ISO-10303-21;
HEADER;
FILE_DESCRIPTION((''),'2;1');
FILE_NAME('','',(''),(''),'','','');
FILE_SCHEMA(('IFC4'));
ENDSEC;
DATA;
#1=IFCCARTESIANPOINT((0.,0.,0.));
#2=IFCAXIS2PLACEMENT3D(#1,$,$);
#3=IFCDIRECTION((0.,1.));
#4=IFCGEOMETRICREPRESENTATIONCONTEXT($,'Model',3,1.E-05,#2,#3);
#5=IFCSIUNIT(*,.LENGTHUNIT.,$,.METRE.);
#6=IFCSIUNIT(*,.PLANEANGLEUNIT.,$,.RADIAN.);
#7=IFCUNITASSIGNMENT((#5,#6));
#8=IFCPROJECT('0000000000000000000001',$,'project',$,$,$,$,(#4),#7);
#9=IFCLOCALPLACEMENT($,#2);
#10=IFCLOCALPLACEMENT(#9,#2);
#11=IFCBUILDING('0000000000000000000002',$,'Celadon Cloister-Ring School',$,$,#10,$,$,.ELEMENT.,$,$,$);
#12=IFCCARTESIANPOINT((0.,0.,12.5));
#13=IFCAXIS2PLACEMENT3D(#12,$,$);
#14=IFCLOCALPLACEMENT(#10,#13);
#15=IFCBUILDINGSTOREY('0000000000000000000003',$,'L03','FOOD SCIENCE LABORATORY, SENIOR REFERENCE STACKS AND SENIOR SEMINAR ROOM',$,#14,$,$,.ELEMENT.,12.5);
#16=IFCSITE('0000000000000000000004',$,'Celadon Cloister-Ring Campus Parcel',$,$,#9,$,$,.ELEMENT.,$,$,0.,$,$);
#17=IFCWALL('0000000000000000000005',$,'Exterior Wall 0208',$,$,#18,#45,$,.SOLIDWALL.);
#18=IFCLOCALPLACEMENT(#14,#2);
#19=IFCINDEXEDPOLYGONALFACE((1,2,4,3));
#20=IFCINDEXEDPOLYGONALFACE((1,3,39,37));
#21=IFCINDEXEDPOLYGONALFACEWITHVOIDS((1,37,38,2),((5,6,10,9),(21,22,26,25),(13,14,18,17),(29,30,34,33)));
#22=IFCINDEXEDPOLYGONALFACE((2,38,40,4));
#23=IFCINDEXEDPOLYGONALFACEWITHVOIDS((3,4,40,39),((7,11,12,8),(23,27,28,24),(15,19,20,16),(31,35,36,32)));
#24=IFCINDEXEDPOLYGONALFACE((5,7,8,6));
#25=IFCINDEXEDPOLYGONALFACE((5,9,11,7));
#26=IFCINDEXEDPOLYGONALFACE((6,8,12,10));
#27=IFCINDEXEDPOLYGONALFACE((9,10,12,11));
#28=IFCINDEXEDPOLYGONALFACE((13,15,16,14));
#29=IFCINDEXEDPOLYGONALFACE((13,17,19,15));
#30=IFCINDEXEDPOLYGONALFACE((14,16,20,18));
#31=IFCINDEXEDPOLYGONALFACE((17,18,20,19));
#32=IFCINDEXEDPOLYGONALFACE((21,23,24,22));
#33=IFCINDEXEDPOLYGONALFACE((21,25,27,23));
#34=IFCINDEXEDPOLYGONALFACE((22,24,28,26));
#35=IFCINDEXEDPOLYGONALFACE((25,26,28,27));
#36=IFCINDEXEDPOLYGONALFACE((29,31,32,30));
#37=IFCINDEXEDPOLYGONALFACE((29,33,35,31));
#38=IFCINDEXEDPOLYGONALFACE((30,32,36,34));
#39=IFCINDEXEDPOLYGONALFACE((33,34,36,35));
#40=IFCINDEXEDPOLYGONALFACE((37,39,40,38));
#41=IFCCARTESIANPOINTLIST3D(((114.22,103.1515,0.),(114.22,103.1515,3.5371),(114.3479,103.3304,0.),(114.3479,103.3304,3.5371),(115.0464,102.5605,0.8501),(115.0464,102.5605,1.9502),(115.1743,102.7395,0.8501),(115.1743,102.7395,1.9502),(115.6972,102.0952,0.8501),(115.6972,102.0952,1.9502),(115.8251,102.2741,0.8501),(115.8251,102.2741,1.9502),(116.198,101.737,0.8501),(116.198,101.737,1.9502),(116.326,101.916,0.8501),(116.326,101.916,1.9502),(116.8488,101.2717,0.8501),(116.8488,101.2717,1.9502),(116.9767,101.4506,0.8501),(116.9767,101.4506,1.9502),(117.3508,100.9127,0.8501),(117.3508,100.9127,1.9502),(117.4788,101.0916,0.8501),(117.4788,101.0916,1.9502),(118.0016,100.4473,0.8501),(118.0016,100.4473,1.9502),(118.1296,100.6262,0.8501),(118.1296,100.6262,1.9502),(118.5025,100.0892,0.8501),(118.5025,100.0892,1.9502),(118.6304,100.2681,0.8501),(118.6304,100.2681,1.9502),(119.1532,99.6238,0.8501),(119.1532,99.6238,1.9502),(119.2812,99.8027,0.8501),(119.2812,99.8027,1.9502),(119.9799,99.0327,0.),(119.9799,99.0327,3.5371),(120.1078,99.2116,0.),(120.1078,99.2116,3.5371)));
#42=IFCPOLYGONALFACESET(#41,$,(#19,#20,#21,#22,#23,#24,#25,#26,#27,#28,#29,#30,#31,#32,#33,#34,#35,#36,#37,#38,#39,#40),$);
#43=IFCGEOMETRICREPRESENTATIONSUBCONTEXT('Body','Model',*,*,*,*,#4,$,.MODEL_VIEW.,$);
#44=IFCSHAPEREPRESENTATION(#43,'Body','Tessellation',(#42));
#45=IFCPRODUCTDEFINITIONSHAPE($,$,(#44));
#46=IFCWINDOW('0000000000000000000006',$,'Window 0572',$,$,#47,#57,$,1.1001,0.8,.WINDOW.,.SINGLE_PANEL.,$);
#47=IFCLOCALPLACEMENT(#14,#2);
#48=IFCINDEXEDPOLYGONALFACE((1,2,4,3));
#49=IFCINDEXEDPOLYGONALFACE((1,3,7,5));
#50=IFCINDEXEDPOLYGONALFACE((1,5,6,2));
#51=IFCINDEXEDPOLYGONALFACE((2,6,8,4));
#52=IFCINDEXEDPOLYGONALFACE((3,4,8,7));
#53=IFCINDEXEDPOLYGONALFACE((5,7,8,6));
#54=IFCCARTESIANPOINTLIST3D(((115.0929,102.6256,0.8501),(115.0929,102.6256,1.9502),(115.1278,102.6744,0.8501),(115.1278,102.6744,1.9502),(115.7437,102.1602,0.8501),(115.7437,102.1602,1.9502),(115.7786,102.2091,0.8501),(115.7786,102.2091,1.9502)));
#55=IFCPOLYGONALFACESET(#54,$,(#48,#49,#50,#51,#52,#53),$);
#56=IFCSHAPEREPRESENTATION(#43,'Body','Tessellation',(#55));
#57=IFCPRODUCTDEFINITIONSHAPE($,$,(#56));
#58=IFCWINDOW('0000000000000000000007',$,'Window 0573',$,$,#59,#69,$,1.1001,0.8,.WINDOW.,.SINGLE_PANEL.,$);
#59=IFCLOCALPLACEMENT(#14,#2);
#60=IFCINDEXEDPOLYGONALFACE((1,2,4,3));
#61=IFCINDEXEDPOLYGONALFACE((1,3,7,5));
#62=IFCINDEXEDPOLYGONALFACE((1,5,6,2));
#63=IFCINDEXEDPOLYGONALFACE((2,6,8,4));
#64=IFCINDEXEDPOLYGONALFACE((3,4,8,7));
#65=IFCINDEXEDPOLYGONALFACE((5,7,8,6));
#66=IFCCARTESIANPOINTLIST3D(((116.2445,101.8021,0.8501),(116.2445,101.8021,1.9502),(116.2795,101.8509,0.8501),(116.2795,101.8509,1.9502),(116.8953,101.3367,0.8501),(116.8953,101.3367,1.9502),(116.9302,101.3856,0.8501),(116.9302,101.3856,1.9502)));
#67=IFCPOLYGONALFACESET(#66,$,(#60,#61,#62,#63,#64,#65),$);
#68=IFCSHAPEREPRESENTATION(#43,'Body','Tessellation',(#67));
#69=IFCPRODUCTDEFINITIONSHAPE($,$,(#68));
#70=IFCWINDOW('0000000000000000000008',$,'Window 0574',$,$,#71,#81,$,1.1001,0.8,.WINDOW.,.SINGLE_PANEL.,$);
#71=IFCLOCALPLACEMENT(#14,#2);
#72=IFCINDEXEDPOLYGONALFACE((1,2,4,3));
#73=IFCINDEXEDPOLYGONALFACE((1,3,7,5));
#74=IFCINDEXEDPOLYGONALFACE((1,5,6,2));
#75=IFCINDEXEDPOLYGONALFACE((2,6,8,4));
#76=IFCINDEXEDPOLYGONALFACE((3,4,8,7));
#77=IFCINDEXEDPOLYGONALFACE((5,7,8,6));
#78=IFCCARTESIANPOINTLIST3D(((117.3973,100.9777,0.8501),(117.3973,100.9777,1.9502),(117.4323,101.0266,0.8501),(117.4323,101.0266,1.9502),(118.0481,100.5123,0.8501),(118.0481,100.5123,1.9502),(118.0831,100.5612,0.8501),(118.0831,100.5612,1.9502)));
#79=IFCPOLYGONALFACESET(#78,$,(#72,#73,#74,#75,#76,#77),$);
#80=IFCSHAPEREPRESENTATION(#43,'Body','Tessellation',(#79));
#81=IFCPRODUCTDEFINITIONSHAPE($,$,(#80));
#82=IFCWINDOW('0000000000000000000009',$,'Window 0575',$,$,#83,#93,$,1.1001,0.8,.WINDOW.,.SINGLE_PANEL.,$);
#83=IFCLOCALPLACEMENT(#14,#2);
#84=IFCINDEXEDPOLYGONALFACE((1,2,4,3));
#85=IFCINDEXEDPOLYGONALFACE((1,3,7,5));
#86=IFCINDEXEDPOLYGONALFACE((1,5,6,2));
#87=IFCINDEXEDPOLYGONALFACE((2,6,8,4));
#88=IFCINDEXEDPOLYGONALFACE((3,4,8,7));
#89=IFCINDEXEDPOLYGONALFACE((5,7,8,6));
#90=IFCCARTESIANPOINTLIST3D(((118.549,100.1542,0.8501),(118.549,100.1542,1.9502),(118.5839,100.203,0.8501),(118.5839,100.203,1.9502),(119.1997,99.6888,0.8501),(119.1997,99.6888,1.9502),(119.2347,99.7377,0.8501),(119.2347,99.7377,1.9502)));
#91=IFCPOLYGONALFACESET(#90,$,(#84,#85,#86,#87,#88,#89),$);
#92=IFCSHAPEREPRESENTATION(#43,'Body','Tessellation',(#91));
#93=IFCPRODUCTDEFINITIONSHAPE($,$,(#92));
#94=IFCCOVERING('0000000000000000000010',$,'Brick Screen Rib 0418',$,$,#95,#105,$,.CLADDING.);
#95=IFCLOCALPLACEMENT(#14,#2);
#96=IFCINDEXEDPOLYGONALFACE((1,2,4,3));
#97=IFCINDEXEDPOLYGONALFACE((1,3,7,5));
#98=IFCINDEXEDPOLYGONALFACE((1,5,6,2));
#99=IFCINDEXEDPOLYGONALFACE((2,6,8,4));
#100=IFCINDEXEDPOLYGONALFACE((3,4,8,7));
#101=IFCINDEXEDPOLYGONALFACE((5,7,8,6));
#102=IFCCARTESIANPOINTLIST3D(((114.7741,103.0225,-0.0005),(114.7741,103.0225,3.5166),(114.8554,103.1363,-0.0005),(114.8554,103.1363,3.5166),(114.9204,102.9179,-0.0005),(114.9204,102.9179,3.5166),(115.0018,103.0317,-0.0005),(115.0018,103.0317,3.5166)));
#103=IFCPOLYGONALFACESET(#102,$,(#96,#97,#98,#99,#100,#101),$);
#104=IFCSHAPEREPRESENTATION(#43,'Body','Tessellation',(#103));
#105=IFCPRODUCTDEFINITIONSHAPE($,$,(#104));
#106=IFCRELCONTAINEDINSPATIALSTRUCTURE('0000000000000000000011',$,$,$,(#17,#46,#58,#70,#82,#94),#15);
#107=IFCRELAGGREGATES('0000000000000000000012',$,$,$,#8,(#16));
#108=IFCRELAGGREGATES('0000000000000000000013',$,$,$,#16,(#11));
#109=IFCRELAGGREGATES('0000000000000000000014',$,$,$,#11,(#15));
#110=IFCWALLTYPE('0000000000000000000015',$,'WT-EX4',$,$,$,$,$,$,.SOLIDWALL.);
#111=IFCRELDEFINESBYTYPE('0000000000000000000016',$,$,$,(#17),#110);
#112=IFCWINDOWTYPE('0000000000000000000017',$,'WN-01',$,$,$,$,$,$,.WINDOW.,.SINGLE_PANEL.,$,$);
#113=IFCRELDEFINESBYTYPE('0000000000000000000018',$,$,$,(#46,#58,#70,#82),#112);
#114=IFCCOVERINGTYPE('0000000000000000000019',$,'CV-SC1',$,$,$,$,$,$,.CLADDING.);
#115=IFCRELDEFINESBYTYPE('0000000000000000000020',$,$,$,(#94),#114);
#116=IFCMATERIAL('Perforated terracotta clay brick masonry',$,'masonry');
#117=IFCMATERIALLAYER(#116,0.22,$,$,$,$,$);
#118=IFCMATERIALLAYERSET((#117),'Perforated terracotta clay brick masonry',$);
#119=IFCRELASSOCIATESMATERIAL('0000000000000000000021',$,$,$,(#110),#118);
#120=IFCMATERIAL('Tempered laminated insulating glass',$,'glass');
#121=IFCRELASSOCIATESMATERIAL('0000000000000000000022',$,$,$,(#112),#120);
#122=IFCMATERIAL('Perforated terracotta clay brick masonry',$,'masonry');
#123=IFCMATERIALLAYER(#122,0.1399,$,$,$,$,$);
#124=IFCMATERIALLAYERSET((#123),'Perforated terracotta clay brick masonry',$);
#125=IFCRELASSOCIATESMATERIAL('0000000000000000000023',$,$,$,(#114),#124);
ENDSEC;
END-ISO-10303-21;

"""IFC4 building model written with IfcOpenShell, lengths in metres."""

from ifc_helpers import new_model, si_unit, direction, frame, frame_2d, origin, origin_2d, place, context, subcontext, project, spatial, rectangle, extrude, material, layer, layer_set, type_object, element, fill, save


model = new_model("IFC4")

# Units and contexts
model_context = context("Model", 3, precision=1e-05, world=origin(), true_north=direction((0.0, 1.0)))
body_context = subcontext(model_context, "Body", "Model", "MODEL_VIEW")
ifc_project = project(units=[si_unit("LENGTHUNIT", "METRE"), si_unit("PLANEANGLEUNIT", "RADIAN")], contexts=[model_context])

# Site, building, storey
site_placement = place(None, origin())
site = spatial("IfcSite", under=ifc_project, at=site_placement, Name="Celadon Cloister-Ring Campus Parcel", CompositionType="ELEMENT", RefElevation=0.0)
building_placement = place(site_placement, origin())
building = spatial("IfcBuilding", under=site, at=building_placement, Name="Celadon Cloister-Ring School", CompositionType="ELEMENT")
storey_placement = place(building_placement, frame((0.0, 0.0, 12.5)))
storey = spatial("IfcBuildingStorey", under=building, at=storey_placement, Name="L03", Description="FOOD SCIENCE LABORATORY, SENIOR REFERENCE STACKS AND SENIOR SEMINAR ROOM", CompositionType="ELEMENT", Elevation=12.5)

# Wall, openings, windows
ifc_material_1 = material(Name="Perforated terracotta clay brick masonry", Category="masonry")
ifc_layer_1 = layer(ifc_material_1, 0.22)
ifc_layer_set_1 = layer_set([ifc_layer_1], Name="Perforated terracotta clay brick masonry")
wall_type = type_object("IfcWallType", Name="WT-EX4", PredefinedType="SOLIDWALL", material=ifc_layer_set_1)
wall_placement = place(storey_placement, frame((114.2839, 103.241, 0.0), z_axis=(0.0, 0.0, 1.0), x_axis=(0.813426, -0.581669, 0.0)))
wall = element("IfcWall", 1, at=wall_placement, inside=storey, type_object=wall_type, Name="Exterior Wall 0208", PredefinedType="SOLIDWALL", context=body_context, shape_type="SweptSolid", body=[
    extrude(rectangle(XDim=7.0811, YDim=0.22, at=frame_2d((3.5405, 0.0))), origin(), (0.0, 0.0, 1.0), 3.5371),
])
opening_1_placement = place(wall_placement, frame((1.0161, 0.0, 0.8501)))
opening_1 = element("IfcOpeningElement", 2, at=opening_1_placement, cuts=wall, PredefinedType="OPENING", context=body_context, shape_type="SweptSolid", body=[
    extrude(rectangle(XDim=0.8, YDim=1.1001, at=frame_2d((0.3999, 0.55))), frame((0.0, 0.1201, 0.0), z_axis=(0.0, -1.0, 0.0), x_axis=(1.0, 0.0, 0.0)), (0.0, 0.0, 1.0), 0.24),
])
opening_2_placement = place(wall_placement, frame((2.4319, 0.0, 0.8501)))
opening_2 = element("IfcOpeningElement", 3, at=opening_2_placement, cuts=wall, PredefinedType="OPENING", context=body_context, shape_type="SweptSolid", body=[
    extrude(rectangle(XDim=0.8, YDim=1.1001, at=frame_2d((0.3999, 0.55))), frame((0.0, 0.1201, 0.0), z_axis=(0.0, -1.0, 0.0), x_axis=(1.0, 0.0, 0.0)), (0.0, 0.0, 1.0), 0.24),
])
opening_3_placement = place(wall_placement, frame((3.8491, 0.0, 0.8501)))
opening_3 = element("IfcOpeningElement", 4, at=opening_3_placement, cuts=wall, PredefinedType="OPENING", context=body_context, shape_type="SweptSolid", body=[
    extrude(rectangle(XDim=0.8, YDim=1.1001, at=frame_2d((0.3999, 0.55))), frame((0.0, 0.1201, 0.0), z_axis=(0.0, -1.0, 0.0), x_axis=(1.0, 0.0, 0.0)), (0.0, 0.0, 1.0), 0.24),
])
opening_4_placement = place(wall_placement, frame((5.2649, 0.0, 0.8501)))
opening_4 = element("IfcOpeningElement", 5, at=opening_4_placement, cuts=wall, PredefinedType="OPENING", context=body_context, shape_type="SweptSolid", body=[
    extrude(rectangle(XDim=0.8, YDim=1.1001, at=frame_2d((0.3999, 0.55))), frame((0.0, 0.1201, 0.0), z_axis=(0.0, -1.0, 0.0), x_axis=(1.0, 0.0, 0.0)), (0.0, 0.0, 1.0), 0.24),
])
ifc_material_2 = material(Name="Tempered laminated insulating glass", Category="glass")
window_type = type_object("IfcWindowType", Name="WN-01", PartitioningType="SINGLE_PANEL", PredefinedType="WINDOW", material=ifc_material_2)
window_1_placement = place(opening_1_placement, origin())
window_1 = element("IfcWindow", 6, at=window_1_placement, inside=storey, type_object=window_type, Name="Window 0572", OverallHeight=1.1001, OverallWidth=0.8, PartitioningType="SINGLE_PANEL", PredefinedType="WINDOW", context=body_context, shape_type="SweptSolid", body=[
    extrude(rectangle(XDim=0.8, YDim=1.1001, at=frame_2d((0.3999, 0.55))), frame((0.0, 0.03, 0.0), z_axis=(0.0, -1.0, 0.0), x_axis=(1.0, 0.0, 0.0)), (0.0, 0.0, 1.0), 0.0601),
])
fill(opening_1, window_1)
window_2_placement = place(opening_2_placement, origin())
window_2 = element("IfcWindow", 7, at=window_2_placement, inside=storey, type_object=window_type, Name="Window 0573", OverallHeight=1.1001, OverallWidth=0.8, PartitioningType="SINGLE_PANEL", PredefinedType="WINDOW", context=body_context, shape_type="SweptSolid", body=[
    extrude(rectangle(XDim=0.8, YDim=1.1001, at=frame_2d((0.3999, 0.55))), frame((0.0, 0.03, 0.0), z_axis=(0.0, -1.0, 0.0), x_axis=(1.0, 0.0, 0.0)), (0.0, 0.0, 1.0), 0.0601),
])
fill(opening_2, window_2)
window_3_placement = place(opening_3_placement, origin())
window_3 = element("IfcWindow", 8, at=window_3_placement, inside=storey, type_object=window_type, Name="Window 0574", OverallHeight=1.1001, OverallWidth=0.8, PartitioningType="SINGLE_PANEL", PredefinedType="WINDOW", context=body_context, shape_type="SweptSolid", body=[
    extrude(rectangle(XDim=0.8, YDim=1.1001, at=frame_2d((0.3999, 0.55))), frame((0.0, 0.03, 0.0), z_axis=(0.0, -1.0, 0.0), x_axis=(1.0, 0.0, 0.0)), (0.0, 0.0, 1.0), 0.0601),
])
fill(opening_3, window_3)
window_4_placement = place(opening_4_placement, origin())
window_4 = element("IfcWindow", 9, at=window_4_placement, inside=storey, type_object=window_type, Name="Window 0575", OverallHeight=1.1001, OverallWidth=0.8, PartitioningType="SINGLE_PANEL", PredefinedType="WINDOW", context=body_context, shape_type="SweptSolid", body=[
    extrude(rectangle(XDim=0.8, YDim=1.1001, at=frame_2d((0.3999, 0.55))), frame((0.0, 0.03, 0.0), z_axis=(0.0, -1.0, 0.0), x_axis=(1.0, 0.0, 0.0)), (0.0, 0.0, 1.0), 0.0601),
])
fill(opening_4, window_4)

# Covering
ifc_material_3 = material(Name="Perforated terracotta clay brick masonry", Category="masonry")
ifc_layer_2 = layer(ifc_material_3, 0.1399)
ifc_layer_set_2 = layer_set([ifc_layer_2], Name="Perforated terracotta clay brick masonry")
covering_type = type_object("IfcCoveringType", Name="CV-SC1", PredefinedType="CLADDING", material=ifc_layer_set_2)
covering_placement = place(storey_placement, frame((114.8879, 103.0271, -0.0005), z_axis=(0.0, 0.0, 1.0), x_axis=(0.813416, -0.581683, 0.0)))
element("IfcCovering", 10, at=covering_placement, inside=storey, type_object=covering_type, Name="Brick Screen Rib 0418", PredefinedType="CLADDING", context=body_context, shape_type="SweptSolid", body=[
    extrude(rectangle(XDim=0.1799, YDim=0.1399, at=origin_2d()), origin(), (0.0, 0.0, 1.0), 3.5171),
])

save(model, "model.ifc")
